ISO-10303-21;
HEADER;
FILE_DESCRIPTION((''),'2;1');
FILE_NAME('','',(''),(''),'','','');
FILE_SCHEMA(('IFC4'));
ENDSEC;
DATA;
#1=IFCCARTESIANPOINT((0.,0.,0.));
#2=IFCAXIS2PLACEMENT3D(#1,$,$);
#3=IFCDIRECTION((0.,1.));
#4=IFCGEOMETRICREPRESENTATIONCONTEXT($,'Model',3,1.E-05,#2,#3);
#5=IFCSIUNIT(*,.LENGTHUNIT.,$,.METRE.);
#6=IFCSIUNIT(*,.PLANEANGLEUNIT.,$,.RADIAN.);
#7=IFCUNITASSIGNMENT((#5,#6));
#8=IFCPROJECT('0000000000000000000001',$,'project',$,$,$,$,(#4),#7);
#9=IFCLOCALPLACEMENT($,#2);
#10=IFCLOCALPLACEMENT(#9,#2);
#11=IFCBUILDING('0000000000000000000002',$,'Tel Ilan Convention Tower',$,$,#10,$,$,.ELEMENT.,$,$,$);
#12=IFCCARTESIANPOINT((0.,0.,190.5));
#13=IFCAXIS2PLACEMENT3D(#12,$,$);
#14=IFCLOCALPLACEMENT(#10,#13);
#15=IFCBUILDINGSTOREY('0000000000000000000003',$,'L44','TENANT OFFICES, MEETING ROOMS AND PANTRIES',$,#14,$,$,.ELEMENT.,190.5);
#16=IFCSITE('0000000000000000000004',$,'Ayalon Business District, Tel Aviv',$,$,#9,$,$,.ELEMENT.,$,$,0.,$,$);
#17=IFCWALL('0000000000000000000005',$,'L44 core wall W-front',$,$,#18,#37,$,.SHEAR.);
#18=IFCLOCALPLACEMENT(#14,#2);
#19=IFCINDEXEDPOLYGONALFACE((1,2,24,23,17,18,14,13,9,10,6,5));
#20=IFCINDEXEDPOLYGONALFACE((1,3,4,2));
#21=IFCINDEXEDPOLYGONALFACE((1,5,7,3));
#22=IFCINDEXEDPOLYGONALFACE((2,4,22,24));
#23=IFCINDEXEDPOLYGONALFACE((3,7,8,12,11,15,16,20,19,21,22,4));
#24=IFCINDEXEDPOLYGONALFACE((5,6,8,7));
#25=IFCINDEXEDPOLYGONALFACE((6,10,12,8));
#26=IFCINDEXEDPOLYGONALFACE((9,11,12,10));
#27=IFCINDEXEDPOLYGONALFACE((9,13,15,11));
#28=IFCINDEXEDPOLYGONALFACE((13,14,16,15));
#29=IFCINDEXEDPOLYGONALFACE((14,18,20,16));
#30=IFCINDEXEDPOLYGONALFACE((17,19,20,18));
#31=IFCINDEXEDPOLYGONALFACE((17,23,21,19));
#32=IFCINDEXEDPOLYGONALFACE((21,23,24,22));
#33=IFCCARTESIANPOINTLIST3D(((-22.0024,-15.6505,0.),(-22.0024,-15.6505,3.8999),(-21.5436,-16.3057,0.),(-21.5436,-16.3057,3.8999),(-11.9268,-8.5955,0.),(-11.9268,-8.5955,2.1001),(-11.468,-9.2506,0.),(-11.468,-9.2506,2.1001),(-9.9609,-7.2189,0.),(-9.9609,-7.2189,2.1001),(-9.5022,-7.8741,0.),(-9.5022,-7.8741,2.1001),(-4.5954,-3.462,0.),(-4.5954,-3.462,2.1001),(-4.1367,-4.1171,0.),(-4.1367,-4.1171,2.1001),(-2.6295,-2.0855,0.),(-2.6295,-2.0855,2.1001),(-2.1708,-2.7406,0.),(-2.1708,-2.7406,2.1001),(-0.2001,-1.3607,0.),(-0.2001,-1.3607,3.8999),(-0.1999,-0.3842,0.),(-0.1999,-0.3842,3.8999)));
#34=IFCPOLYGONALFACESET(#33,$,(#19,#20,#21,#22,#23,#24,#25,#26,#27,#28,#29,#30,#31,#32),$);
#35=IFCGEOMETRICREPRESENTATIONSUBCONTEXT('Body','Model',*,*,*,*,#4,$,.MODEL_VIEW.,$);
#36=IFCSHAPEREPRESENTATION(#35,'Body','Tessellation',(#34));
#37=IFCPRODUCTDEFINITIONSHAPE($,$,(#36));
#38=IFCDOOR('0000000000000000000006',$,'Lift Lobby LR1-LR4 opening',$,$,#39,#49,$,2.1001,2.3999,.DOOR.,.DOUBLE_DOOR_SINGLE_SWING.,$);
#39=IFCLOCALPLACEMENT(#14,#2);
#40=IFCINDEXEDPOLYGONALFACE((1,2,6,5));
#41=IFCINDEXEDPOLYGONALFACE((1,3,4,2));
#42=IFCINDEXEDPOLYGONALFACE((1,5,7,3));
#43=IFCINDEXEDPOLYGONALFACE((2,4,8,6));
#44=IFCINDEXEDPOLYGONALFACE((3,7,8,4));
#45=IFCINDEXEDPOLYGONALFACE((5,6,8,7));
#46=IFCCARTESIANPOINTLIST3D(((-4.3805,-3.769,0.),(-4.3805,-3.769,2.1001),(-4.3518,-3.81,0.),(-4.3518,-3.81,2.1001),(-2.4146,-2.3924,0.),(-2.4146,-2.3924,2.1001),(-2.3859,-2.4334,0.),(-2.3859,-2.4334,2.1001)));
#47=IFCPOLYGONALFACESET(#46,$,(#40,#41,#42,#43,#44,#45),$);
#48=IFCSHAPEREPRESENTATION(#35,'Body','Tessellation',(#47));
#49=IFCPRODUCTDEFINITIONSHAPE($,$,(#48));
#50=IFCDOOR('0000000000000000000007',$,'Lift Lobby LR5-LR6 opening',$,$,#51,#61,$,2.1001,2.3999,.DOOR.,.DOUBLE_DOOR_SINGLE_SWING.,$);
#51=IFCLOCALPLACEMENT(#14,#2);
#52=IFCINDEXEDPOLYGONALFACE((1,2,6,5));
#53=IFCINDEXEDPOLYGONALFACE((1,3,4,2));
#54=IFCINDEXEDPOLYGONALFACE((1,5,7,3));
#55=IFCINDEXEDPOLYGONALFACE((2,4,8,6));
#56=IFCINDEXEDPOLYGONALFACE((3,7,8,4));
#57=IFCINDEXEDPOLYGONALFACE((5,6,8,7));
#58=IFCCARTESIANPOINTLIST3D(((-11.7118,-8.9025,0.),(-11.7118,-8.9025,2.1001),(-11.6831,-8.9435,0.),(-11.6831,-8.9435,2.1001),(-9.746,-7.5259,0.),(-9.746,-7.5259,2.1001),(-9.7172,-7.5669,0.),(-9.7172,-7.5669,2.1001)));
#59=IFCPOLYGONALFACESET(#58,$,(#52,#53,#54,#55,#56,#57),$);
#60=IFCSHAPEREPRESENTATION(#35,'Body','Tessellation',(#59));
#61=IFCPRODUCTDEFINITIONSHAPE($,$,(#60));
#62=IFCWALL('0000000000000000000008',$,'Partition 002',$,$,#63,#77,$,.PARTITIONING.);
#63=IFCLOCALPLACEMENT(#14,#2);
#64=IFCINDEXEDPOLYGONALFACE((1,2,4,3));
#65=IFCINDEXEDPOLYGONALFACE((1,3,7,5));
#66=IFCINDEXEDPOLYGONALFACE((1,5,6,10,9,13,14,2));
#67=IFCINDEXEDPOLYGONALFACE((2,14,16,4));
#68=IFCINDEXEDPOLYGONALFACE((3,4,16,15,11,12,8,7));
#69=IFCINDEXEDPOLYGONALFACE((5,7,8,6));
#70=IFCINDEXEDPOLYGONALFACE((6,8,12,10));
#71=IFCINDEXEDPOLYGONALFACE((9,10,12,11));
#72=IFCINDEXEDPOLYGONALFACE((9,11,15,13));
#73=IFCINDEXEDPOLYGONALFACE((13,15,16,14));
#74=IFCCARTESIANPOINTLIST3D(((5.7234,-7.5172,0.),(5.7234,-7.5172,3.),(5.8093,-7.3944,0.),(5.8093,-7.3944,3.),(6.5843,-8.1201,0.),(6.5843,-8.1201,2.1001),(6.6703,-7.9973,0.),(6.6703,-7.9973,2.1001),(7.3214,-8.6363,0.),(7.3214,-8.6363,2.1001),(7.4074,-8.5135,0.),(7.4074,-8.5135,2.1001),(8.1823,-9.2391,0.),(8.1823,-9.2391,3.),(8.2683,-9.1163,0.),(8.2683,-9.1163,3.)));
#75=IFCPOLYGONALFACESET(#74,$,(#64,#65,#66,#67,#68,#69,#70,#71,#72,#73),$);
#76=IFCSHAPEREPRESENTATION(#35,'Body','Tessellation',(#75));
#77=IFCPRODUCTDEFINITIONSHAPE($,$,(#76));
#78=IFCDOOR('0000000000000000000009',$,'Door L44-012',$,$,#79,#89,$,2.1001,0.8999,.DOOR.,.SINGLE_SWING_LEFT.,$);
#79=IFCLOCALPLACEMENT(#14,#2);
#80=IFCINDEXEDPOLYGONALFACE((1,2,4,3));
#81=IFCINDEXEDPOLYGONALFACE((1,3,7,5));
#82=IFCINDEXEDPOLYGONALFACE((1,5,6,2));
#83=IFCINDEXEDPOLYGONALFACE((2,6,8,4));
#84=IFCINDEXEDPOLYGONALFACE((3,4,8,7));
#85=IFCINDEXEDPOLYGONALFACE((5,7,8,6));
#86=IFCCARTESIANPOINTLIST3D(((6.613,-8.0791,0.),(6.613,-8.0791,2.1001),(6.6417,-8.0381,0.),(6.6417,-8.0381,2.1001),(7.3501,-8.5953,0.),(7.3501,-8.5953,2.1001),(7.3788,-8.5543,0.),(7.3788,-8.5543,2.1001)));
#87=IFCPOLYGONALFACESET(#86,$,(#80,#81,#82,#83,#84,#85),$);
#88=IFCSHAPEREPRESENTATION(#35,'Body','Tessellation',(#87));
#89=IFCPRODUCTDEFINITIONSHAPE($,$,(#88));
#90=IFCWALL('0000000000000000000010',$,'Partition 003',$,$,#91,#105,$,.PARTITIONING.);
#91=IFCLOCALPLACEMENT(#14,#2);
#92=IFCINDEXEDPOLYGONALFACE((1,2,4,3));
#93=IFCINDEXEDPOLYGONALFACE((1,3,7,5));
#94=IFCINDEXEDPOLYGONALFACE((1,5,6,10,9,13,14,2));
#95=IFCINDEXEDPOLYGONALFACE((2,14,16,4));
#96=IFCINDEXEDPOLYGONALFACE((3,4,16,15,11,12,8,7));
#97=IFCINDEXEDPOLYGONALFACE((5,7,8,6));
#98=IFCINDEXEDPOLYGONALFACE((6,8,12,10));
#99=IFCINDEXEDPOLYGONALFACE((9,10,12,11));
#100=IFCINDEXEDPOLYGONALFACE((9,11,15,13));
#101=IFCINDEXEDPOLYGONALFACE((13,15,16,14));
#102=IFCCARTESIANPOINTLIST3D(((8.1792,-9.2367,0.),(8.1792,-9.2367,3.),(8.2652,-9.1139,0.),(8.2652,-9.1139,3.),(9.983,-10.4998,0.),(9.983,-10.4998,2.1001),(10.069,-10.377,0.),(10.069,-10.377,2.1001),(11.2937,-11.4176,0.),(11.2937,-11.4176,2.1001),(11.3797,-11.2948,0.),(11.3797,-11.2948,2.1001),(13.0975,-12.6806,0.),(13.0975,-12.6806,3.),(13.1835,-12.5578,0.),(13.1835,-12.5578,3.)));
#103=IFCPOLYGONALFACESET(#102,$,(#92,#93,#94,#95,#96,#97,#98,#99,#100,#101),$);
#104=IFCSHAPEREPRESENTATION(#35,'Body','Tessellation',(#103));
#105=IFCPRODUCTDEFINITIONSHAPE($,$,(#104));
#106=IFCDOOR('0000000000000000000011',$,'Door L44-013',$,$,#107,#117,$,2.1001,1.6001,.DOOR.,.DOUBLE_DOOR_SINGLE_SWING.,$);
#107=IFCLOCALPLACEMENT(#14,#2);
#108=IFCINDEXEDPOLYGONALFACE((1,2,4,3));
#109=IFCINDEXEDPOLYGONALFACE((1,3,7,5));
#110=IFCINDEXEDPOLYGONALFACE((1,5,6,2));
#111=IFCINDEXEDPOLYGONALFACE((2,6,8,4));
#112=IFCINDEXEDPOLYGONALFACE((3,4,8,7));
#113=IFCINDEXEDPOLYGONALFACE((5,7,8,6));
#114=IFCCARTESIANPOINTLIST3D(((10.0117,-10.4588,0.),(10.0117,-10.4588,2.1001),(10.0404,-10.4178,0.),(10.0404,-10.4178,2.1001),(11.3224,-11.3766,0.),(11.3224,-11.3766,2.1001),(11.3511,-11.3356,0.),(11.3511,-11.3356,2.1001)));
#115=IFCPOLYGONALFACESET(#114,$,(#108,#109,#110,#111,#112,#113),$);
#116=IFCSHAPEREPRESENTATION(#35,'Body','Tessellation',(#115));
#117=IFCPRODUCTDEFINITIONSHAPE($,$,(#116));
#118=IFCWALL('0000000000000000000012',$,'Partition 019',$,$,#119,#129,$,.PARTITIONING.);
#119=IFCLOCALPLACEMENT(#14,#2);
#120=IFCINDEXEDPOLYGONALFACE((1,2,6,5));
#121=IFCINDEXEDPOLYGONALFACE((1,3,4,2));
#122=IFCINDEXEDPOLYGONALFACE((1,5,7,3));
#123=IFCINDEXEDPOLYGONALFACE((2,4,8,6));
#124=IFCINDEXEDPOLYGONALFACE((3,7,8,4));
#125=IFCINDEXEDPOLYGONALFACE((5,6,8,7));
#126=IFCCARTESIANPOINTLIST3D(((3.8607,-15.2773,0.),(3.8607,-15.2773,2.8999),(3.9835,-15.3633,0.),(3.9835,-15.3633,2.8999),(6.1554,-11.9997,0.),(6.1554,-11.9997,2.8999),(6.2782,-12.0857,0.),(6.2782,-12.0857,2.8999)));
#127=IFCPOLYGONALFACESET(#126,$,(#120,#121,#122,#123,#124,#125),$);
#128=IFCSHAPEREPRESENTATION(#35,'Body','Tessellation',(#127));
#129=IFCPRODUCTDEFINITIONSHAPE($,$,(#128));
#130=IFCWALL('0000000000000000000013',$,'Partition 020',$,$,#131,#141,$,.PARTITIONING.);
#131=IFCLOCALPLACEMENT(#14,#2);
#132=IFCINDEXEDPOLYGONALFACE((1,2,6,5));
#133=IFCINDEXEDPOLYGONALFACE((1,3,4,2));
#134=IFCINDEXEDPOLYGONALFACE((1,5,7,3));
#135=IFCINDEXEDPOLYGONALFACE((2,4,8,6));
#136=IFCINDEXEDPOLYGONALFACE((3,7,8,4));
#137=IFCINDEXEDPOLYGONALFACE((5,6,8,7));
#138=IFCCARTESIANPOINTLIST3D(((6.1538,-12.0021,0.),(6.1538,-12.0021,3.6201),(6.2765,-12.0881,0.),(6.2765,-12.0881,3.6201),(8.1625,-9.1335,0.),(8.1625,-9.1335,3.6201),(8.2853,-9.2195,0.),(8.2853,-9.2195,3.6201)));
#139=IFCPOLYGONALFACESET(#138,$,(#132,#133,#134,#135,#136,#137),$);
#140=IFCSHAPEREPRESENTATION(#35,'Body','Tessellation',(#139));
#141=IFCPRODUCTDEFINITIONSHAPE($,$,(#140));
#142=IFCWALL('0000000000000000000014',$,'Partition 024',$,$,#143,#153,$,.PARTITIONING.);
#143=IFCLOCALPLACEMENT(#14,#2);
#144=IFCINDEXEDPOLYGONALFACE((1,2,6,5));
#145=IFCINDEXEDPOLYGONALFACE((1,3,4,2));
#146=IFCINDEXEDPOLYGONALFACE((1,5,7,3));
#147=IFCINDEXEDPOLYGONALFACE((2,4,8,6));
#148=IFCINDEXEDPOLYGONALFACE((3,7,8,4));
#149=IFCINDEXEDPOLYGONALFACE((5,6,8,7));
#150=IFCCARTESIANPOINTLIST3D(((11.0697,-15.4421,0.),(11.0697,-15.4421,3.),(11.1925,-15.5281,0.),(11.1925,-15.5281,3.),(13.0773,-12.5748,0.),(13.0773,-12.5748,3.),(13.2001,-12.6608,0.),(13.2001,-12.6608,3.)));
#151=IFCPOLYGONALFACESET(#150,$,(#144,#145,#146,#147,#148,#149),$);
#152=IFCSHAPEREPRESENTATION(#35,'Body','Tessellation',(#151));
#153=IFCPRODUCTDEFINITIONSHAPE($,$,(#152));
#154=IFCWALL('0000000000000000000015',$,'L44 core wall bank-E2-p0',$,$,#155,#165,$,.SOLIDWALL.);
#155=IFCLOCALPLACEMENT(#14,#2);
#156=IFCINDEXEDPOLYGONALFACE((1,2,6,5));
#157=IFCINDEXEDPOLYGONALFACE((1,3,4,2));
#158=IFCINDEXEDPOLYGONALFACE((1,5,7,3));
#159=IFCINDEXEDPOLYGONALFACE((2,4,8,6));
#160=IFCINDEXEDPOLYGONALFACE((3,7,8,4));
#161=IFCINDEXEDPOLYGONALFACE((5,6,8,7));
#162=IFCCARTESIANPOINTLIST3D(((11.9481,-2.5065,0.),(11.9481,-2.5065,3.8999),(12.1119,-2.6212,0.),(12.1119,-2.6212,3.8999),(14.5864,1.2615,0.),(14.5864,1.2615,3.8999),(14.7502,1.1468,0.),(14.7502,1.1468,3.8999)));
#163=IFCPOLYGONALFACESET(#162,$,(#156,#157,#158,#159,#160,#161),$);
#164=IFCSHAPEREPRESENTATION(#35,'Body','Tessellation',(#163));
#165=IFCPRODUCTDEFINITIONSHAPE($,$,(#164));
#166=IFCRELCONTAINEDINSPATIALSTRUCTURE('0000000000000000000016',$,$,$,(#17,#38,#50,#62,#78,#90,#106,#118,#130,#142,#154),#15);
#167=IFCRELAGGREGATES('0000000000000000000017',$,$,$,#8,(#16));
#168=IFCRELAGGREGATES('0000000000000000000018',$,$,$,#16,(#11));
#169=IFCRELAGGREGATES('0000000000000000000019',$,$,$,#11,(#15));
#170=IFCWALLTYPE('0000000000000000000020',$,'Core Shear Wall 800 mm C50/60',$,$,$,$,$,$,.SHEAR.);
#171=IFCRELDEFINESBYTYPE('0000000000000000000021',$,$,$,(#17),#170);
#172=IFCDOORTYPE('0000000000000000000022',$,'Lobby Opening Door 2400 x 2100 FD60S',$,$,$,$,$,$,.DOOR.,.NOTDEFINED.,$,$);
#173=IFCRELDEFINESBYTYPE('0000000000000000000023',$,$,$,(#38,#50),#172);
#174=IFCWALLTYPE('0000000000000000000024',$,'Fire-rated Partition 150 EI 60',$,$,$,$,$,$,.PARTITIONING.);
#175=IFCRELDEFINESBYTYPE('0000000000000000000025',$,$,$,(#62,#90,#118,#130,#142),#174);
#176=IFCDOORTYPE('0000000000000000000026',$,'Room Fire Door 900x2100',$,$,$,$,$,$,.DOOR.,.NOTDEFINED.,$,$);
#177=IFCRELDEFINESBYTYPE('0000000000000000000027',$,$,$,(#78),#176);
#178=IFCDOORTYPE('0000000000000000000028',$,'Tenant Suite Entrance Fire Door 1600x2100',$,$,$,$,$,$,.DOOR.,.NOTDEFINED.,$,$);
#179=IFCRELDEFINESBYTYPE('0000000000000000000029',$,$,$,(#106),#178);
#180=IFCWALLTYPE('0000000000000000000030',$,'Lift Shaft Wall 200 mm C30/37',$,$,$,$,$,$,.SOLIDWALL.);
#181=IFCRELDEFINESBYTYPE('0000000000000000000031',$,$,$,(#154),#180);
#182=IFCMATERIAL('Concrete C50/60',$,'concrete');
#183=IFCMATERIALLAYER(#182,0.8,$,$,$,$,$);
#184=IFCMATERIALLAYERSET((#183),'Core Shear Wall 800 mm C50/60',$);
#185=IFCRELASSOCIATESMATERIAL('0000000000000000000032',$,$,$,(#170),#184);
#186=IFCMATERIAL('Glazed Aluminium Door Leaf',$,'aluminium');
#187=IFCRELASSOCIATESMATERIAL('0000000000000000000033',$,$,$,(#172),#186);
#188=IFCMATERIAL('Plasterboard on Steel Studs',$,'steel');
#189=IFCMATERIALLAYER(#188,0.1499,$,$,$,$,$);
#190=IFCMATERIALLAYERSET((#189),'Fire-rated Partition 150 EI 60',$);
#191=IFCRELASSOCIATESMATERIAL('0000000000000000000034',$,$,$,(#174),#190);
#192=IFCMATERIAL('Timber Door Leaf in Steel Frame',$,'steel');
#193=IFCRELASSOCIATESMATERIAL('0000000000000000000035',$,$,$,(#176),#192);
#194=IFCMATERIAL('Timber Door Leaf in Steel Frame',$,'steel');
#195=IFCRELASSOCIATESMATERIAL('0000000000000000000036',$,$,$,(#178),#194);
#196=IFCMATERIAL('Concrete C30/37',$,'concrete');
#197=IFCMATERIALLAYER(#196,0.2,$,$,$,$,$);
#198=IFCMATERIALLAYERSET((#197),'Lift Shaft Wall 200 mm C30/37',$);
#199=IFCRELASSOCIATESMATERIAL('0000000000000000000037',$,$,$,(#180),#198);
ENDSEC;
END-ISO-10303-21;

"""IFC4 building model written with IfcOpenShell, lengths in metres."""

from ifc_helpers import new_model, si_unit, direction, frame, frame_2d, origin, place, context, subcontext, project, spatial, polyline, rectangle, outline, extrude, material, layer, layer_set, type_object, element, fill, save


model = new_model("IFC4")

# Units and contexts
model_context = context("Model", 3, precision=1e-05, world=origin(), true_north=direction((0.0, 1.0)))
body_context = subcontext(model_context, "Body", "Model", "MODEL_VIEW")
ifc_project = project(units=[si_unit("LENGTHUNIT", "METRE"), si_unit("PLANEANGLEUNIT", "RADIAN")], contexts=[model_context])

# Site, building, storey
site_placement = place(None, origin())
site = spatial("IfcSite", under=ifc_project, at=site_placement, Name="Ayalon Business District, Tel Aviv", CompositionType="ELEMENT", RefElevation=0.0)
building_placement = place(site_placement, origin())
building = spatial("IfcBuilding", under=site, at=building_placement, Name="Tel Ilan Convention Tower", CompositionType="ELEMENT")
storey_placement = place(building_placement, frame((0.0, 0.0, 190.5)))
storey = spatial("IfcBuildingStorey", under=building, at=storey_placement, Name="L44", Description="TENANT OFFICES, MEETING ROOMS AND PANTRIES", CompositionType="ELEMENT", Elevation=190.5)

# Wall, openings, doors
ifc_material_1 = material(Name="Concrete C50/60", Category="concrete")
ifc_layer_1 = layer(ifc_material_1, 0.8)
ifc_layer_set_1 = layer_set([ifc_layer_1], Name="Core Shear Wall 800 mm C50/60")
wall_type_1 = type_object("IfcWallType", Name="Core Shear Wall 800 mm C50/60", PredefinedType="SHEAR", material=ifc_layer_set_1)
wall_1_placement = place(storey_placement, frame((0.0293, -0.7119, 0.0), z_axis=(0.0, 0.0, 1.0), x_axis=(-0.819152, -0.573577, 0.0)))
wall_1 = element("IfcWall", 1, at=wall_1_placement, inside=storey, type_object=wall_type_1, Name="L44 core wall W-front", PredefinedType="SHEAR", context=body_context, shape_type="SweptSolid", body=[
    extrude(outline(polyline([(26.6157, 0.3999), (0.5601, 0.3999), (-0.0002, -0.3999), (26.6157, -0.3999), (26.6157, 0.3999)])), origin(), (0.0, 0.0, 1.0), 3.8999),
])
opening_1_placement = place(wall_1_placement, frame((2.9658, 0.0, 0.0)))
opening_1 = element("IfcOpeningElement", 2, at=opening_1_placement, cuts=wall_1, PredefinedType="OPENING", context=body_context, shape_type="SweptSolid", body=[
    extrude(rectangle(XDim=2.3999, YDim=2.1001, at=frame_2d((1.2, 1.05))), frame((0.0, 0.4099, 0.0), z_axis=(0.0, -1.0, 0.0), x_axis=(1.0, 0.0, 0.0)), (0.0, 0.0, 1.0), 0.8201),
])
opening_2_placement = place(wall_1_placement, frame((11.9158, 0.0, 0.0)))
opening_2 = element("IfcOpeningElement", 3, at=opening_2_placement, cuts=wall_1, PredefinedType="OPENING", context=body_context, shape_type="SweptSolid", body=[
    extrude(rectangle(XDim=2.3999, YDim=2.1001, at=frame_2d((1.2, 1.05))), frame((0.0, 0.4099, 0.0), z_axis=(0.0, -1.0, 0.0), x_axis=(1.0, 0.0, 0.0)), (0.0, 0.0, 1.0), 0.8201),
])
ifc_material_2 = material(Name="Glazed Aluminium Door Leaf", Category="aluminium")
door_type_1 = type_object("IfcDoorType", Name="Lobby Opening Door 2400 x 2100 FD60S", OperationType="NOTDEFINED", PredefinedType="DOOR", material=ifc_material_2)
door_1_placement = place(opening_1_placement, origin())
door_1 = element("IfcDoor", 4, at=door_1_placement, inside=storey, type_object=door_type_1, Name="Lift Lobby LR1-LR4 opening", OperationType="DOUBLE_DOOR_SINGLE_SWING", OverallHeight=2.1001, OverallWidth=2.3999, PredefinedType="DOOR", context=body_context, shape_type="SweptSolid", body=[
    extrude(rectangle(XDim=2.3999, YDim=2.1001, at=frame_2d((1.2, 1.05))), frame((0.0, 0.0249, 0.0), z_axis=(0.0, -1.0, 0.0), x_axis=(1.0, 0.0, 0.0)), (0.0, 0.0, 1.0), 0.05),
])
fill(opening_1, door_1)
door_2_placement = place(opening_2_placement, origin())
door_2 = element("IfcDoor", 5, at=door_2_placement, inside=storey, type_object=door_type_1, Name="Lift Lobby LR5-LR6 opening", OperationType="DOUBLE_DOOR_SINGLE_SWING", OverallHeight=2.1001, OverallWidth=2.3999, PredefinedType="DOOR", context=body_context, shape_type="SweptSolid", body=[
    extrude(rectangle(XDim=2.3999, YDim=2.1001, at=frame_2d((1.2, 1.05))), frame((0.0, 0.0249, 0.0), z_axis=(0.0, -1.0, 0.0), x_axis=(1.0, 0.0, 0.0)), (0.0, 0.0, 1.0), 0.05),
])
fill(opening_2, door_2)

# Walls, openings, doors
ifc_material_3 = material(Name="Plasterboard on Steel Studs", Category="steel")
ifc_layer_2 = layer(ifc_material_3, 0.1499)
ifc_layer_set_2 = layer_set([ifc_layer_2], Name="Fire-rated Partition 150 EI 60")
wall_type_2 = type_object("IfcWallType", Name="Fire-rated Partition 150 EI 60", PredefinedType="PARTITIONING", material=ifc_layer_set_2)
wall_2_placement = place(storey_placement, frame((8.2253, -9.1777, 0.0), z_axis=(0.0, 0.0, 1.0), x_axis=(-0.819133, 0.573604, 0.0)))
wall_2 = element("IfcWall", 6, at=wall_2_placement, inside=storey, type_object=wall_type_2, Name="Partition 002", PredefinedType="PARTITIONING", context=body_context, shape_type="SweptSolid", body=[
    extrude(rectangle(XDim=3.002, YDim=0.1499, at=frame_2d((1.501, 0.0))), origin(), (0.0, 0.0, 1.0), 3.0),
])
opening_3_placement = place(wall_2_placement, frame((1.051, 0.0, 0.0)))
opening_3 = element("IfcOpeningElement", 7, at=opening_3_placement, cuts=wall_2, PredefinedType="OPENING", context=body_context, shape_type="SweptSolid", body=[
    extrude(rectangle(XDim=0.8999, YDim=2.1001, at=frame_2d((0.45, 1.05))), frame((0.0, 0.085, 0.0), z_axis=(0.0, -1.0, 0.0), x_axis=(1.0, 0.0, 0.0)), (0.0, 0.0, 1.0), 0.1699),
])
ifc_material_4 = material(Name="Timber Door Leaf in Steel Frame", Category="steel")
door_type_2 = type_object("IfcDoorType", Name="Room Fire Door 900x2100", OperationType="NOTDEFINED", PredefinedType="DOOR", material=ifc_material_4)
door_3_placement = place(opening_3_placement, origin())
door_3 = element("IfcDoor", 8, at=door_3_placement, inside=storey, type_object=door_type_2, Name="Door L44-012", OperationType="SINGLE_SWING_LEFT", OverallHeight=2.1001, OverallWidth=0.8999, PredefinedType="DOOR", context=body_context, shape_type="SweptSolid", body=[
    extrude(rectangle(XDim=0.8999, YDim=2.1001, at=frame_2d((0.45, 1.05))), frame((0.0, 0.0249, 0.0), z_axis=(0.0, -1.0, 0.0), x_axis=(1.0, 0.0, 0.0)), (0.0, 0.0, 1.0), 0.05),
])
fill(opening_3, door_3)
wall_3_placement = place(storey_placement, frame((13.1404, -12.6191, 0.0), z_axis=(0.0, 0.0, 1.0), x_axis=(-0.819146, 0.573585, 0.0)))
wall_3 = element("IfcWall", 9, at=wall_3_placement, inside=storey, type_object=wall_type_2, Name="Partition 003", PredefinedType="PARTITIONING", context=body_context, shape_type="SweptSolid", body=[
    extrude(rectangle(XDim=6.0042, YDim=0.1499, at=frame_2d((3.002, 0.0))), origin(), (0.0, 0.0, 1.0), 3.0),
])
opening_4_placement = place(wall_3_placement, frame((2.2019, 0.0, 0.0)))
opening_4 = element("IfcOpeningElement", 10, at=opening_4_placement, cuts=wall_3, PredefinedType="OPENING", context=body_context, shape_type="SweptSolid", body=[
    extrude(rectangle(XDim=1.6001, YDim=2.1001, at=frame_2d((0.8, 1.05))), frame((0.0, 0.085, 0.0), z_axis=(0.0, -1.0, 0.0), x_axis=(1.0, 0.0, 0.0)), (0.0, 0.0, 1.0), 0.1699),
])
ifc_material_5 = material(Name="Timber Door Leaf in Steel Frame", Category="steel")
door_type_3 = type_object("IfcDoorType", Name="Tenant Suite Entrance Fire Door 1600x2100", OperationType="NOTDEFINED", PredefinedType="DOOR", material=ifc_material_5)
door_4_placement = place(opening_4_placement, origin())
door_4 = element("IfcDoor", 11, at=door_4_placement, inside=storey, type_object=door_type_3, Name="Door L44-013", OperationType="DOUBLE_DOOR_SINGLE_SWING", OverallHeight=2.1001, OverallWidth=1.6001, PredefinedType="DOOR", context=body_context, shape_type="SweptSolid", body=[
    extrude(rectangle(XDim=1.6001, YDim=2.1001, at=frame_2d((0.8, 1.05))), frame((0.0, 0.0249, 0.0), z_axis=(0.0, -1.0, 0.0), x_axis=(1.0, 0.0, 0.0)), (0.0, 0.0, 1.0), 0.05),
])
fill(opening_4, door_4)

# Walls
wall_4_placement = place(storey_placement, frame((6.2168, -12.0427, 0.0), z_axis=(0.0, 0.0, 1.0), x_axis=(-0.573524, -0.819189, 0.0)))
element("IfcWall", 12, at=wall_4_placement, inside=storey, type_object=wall_type_2, Name="Partition 019", PredefinedType="PARTITIONING", context=body_context, shape_type="SweptSolid", body=[
    extrude(rectangle(XDim=4.001, YDim=0.1499, at=frame_2d((2.0005, 0.0))), origin(), (0.0, 0.0, 1.0), 2.8999),
])
wall_5_placement = place(storey_placement, frame((8.2239, -9.1765, 0.0), z_axis=(0.0, 0.0, 1.0), x_axis=(-0.573603, -0.819134, 0.0)))
element("IfcWall", 13, at=wall_5_placement, inside=storey, type_object=wall_type_2, Name="Partition 020", PredefinedType="PARTITIONING", context=body_context, shape_type="SweptSolid", body=[
    extrude(rectangle(XDim=3.502, YDim=0.1499, at=frame_2d((1.751, 0.0))), origin(), (0.0, 0.0, 1.0), 3.6201),
])
wall_6_placement = place(storey_placement, frame((13.1387, -12.6179, 0.0), z_axis=(0.0, 0.0, 1.0), x_axis=(-0.573565, -0.81916, 0.0)))
element("IfcWall", 14, at=wall_6_placement, inside=storey, type_object=wall_type_2, Name="Partition 024", PredefinedType="PARTITIONING", context=body_context, shape_type="SweptSolid", body=[
    extrude(rectangle(XDim=3.5002, YDim=0.1499, at=frame_2d((1.75, 0.0))), origin(), (0.0, 0.0, 1.0), 3.0),
])
ifc_material_6 = material(Name="Concrete C30/37", Category="concrete")
ifc_layer_3 = layer(ifc_material_6, 0.2)
ifc_layer_set_3 = layer_set([ifc_layer_3], Name="Lift Shaft Wall 200 mm C30/37")
wall_type_3 = type_object("IfcWallType", Name="Lift Shaft Wall 200 mm C30/37", PredefinedType="SOLIDWALL", material=ifc_layer_set_3)
for number, where, z_axis, x_axis, name in (
    (15, (12.03, -2.5637, 0.0), (0.0, 0.0, 1.0), (0.573576, 0.819152, 0.0), "L44 core wall bank-E2-p0"),
):
    element("IfcWall", number, at=place(storey_placement, frame(where, z_axis=z_axis, x_axis=x_axis)), inside=storey, type_object=wall_type_3, Name=name, PredefinedType="SOLIDWALL", context=body_context, shape_type="SweptSolid", body=[
        extrude(rectangle(XDim=4.5999, YDim=0.2, at=frame_2d((2.2998, 0.0))), origin(), (0.0, 0.0, 1.0), 3.8999),
    ])

save(model, "model.ifc")
